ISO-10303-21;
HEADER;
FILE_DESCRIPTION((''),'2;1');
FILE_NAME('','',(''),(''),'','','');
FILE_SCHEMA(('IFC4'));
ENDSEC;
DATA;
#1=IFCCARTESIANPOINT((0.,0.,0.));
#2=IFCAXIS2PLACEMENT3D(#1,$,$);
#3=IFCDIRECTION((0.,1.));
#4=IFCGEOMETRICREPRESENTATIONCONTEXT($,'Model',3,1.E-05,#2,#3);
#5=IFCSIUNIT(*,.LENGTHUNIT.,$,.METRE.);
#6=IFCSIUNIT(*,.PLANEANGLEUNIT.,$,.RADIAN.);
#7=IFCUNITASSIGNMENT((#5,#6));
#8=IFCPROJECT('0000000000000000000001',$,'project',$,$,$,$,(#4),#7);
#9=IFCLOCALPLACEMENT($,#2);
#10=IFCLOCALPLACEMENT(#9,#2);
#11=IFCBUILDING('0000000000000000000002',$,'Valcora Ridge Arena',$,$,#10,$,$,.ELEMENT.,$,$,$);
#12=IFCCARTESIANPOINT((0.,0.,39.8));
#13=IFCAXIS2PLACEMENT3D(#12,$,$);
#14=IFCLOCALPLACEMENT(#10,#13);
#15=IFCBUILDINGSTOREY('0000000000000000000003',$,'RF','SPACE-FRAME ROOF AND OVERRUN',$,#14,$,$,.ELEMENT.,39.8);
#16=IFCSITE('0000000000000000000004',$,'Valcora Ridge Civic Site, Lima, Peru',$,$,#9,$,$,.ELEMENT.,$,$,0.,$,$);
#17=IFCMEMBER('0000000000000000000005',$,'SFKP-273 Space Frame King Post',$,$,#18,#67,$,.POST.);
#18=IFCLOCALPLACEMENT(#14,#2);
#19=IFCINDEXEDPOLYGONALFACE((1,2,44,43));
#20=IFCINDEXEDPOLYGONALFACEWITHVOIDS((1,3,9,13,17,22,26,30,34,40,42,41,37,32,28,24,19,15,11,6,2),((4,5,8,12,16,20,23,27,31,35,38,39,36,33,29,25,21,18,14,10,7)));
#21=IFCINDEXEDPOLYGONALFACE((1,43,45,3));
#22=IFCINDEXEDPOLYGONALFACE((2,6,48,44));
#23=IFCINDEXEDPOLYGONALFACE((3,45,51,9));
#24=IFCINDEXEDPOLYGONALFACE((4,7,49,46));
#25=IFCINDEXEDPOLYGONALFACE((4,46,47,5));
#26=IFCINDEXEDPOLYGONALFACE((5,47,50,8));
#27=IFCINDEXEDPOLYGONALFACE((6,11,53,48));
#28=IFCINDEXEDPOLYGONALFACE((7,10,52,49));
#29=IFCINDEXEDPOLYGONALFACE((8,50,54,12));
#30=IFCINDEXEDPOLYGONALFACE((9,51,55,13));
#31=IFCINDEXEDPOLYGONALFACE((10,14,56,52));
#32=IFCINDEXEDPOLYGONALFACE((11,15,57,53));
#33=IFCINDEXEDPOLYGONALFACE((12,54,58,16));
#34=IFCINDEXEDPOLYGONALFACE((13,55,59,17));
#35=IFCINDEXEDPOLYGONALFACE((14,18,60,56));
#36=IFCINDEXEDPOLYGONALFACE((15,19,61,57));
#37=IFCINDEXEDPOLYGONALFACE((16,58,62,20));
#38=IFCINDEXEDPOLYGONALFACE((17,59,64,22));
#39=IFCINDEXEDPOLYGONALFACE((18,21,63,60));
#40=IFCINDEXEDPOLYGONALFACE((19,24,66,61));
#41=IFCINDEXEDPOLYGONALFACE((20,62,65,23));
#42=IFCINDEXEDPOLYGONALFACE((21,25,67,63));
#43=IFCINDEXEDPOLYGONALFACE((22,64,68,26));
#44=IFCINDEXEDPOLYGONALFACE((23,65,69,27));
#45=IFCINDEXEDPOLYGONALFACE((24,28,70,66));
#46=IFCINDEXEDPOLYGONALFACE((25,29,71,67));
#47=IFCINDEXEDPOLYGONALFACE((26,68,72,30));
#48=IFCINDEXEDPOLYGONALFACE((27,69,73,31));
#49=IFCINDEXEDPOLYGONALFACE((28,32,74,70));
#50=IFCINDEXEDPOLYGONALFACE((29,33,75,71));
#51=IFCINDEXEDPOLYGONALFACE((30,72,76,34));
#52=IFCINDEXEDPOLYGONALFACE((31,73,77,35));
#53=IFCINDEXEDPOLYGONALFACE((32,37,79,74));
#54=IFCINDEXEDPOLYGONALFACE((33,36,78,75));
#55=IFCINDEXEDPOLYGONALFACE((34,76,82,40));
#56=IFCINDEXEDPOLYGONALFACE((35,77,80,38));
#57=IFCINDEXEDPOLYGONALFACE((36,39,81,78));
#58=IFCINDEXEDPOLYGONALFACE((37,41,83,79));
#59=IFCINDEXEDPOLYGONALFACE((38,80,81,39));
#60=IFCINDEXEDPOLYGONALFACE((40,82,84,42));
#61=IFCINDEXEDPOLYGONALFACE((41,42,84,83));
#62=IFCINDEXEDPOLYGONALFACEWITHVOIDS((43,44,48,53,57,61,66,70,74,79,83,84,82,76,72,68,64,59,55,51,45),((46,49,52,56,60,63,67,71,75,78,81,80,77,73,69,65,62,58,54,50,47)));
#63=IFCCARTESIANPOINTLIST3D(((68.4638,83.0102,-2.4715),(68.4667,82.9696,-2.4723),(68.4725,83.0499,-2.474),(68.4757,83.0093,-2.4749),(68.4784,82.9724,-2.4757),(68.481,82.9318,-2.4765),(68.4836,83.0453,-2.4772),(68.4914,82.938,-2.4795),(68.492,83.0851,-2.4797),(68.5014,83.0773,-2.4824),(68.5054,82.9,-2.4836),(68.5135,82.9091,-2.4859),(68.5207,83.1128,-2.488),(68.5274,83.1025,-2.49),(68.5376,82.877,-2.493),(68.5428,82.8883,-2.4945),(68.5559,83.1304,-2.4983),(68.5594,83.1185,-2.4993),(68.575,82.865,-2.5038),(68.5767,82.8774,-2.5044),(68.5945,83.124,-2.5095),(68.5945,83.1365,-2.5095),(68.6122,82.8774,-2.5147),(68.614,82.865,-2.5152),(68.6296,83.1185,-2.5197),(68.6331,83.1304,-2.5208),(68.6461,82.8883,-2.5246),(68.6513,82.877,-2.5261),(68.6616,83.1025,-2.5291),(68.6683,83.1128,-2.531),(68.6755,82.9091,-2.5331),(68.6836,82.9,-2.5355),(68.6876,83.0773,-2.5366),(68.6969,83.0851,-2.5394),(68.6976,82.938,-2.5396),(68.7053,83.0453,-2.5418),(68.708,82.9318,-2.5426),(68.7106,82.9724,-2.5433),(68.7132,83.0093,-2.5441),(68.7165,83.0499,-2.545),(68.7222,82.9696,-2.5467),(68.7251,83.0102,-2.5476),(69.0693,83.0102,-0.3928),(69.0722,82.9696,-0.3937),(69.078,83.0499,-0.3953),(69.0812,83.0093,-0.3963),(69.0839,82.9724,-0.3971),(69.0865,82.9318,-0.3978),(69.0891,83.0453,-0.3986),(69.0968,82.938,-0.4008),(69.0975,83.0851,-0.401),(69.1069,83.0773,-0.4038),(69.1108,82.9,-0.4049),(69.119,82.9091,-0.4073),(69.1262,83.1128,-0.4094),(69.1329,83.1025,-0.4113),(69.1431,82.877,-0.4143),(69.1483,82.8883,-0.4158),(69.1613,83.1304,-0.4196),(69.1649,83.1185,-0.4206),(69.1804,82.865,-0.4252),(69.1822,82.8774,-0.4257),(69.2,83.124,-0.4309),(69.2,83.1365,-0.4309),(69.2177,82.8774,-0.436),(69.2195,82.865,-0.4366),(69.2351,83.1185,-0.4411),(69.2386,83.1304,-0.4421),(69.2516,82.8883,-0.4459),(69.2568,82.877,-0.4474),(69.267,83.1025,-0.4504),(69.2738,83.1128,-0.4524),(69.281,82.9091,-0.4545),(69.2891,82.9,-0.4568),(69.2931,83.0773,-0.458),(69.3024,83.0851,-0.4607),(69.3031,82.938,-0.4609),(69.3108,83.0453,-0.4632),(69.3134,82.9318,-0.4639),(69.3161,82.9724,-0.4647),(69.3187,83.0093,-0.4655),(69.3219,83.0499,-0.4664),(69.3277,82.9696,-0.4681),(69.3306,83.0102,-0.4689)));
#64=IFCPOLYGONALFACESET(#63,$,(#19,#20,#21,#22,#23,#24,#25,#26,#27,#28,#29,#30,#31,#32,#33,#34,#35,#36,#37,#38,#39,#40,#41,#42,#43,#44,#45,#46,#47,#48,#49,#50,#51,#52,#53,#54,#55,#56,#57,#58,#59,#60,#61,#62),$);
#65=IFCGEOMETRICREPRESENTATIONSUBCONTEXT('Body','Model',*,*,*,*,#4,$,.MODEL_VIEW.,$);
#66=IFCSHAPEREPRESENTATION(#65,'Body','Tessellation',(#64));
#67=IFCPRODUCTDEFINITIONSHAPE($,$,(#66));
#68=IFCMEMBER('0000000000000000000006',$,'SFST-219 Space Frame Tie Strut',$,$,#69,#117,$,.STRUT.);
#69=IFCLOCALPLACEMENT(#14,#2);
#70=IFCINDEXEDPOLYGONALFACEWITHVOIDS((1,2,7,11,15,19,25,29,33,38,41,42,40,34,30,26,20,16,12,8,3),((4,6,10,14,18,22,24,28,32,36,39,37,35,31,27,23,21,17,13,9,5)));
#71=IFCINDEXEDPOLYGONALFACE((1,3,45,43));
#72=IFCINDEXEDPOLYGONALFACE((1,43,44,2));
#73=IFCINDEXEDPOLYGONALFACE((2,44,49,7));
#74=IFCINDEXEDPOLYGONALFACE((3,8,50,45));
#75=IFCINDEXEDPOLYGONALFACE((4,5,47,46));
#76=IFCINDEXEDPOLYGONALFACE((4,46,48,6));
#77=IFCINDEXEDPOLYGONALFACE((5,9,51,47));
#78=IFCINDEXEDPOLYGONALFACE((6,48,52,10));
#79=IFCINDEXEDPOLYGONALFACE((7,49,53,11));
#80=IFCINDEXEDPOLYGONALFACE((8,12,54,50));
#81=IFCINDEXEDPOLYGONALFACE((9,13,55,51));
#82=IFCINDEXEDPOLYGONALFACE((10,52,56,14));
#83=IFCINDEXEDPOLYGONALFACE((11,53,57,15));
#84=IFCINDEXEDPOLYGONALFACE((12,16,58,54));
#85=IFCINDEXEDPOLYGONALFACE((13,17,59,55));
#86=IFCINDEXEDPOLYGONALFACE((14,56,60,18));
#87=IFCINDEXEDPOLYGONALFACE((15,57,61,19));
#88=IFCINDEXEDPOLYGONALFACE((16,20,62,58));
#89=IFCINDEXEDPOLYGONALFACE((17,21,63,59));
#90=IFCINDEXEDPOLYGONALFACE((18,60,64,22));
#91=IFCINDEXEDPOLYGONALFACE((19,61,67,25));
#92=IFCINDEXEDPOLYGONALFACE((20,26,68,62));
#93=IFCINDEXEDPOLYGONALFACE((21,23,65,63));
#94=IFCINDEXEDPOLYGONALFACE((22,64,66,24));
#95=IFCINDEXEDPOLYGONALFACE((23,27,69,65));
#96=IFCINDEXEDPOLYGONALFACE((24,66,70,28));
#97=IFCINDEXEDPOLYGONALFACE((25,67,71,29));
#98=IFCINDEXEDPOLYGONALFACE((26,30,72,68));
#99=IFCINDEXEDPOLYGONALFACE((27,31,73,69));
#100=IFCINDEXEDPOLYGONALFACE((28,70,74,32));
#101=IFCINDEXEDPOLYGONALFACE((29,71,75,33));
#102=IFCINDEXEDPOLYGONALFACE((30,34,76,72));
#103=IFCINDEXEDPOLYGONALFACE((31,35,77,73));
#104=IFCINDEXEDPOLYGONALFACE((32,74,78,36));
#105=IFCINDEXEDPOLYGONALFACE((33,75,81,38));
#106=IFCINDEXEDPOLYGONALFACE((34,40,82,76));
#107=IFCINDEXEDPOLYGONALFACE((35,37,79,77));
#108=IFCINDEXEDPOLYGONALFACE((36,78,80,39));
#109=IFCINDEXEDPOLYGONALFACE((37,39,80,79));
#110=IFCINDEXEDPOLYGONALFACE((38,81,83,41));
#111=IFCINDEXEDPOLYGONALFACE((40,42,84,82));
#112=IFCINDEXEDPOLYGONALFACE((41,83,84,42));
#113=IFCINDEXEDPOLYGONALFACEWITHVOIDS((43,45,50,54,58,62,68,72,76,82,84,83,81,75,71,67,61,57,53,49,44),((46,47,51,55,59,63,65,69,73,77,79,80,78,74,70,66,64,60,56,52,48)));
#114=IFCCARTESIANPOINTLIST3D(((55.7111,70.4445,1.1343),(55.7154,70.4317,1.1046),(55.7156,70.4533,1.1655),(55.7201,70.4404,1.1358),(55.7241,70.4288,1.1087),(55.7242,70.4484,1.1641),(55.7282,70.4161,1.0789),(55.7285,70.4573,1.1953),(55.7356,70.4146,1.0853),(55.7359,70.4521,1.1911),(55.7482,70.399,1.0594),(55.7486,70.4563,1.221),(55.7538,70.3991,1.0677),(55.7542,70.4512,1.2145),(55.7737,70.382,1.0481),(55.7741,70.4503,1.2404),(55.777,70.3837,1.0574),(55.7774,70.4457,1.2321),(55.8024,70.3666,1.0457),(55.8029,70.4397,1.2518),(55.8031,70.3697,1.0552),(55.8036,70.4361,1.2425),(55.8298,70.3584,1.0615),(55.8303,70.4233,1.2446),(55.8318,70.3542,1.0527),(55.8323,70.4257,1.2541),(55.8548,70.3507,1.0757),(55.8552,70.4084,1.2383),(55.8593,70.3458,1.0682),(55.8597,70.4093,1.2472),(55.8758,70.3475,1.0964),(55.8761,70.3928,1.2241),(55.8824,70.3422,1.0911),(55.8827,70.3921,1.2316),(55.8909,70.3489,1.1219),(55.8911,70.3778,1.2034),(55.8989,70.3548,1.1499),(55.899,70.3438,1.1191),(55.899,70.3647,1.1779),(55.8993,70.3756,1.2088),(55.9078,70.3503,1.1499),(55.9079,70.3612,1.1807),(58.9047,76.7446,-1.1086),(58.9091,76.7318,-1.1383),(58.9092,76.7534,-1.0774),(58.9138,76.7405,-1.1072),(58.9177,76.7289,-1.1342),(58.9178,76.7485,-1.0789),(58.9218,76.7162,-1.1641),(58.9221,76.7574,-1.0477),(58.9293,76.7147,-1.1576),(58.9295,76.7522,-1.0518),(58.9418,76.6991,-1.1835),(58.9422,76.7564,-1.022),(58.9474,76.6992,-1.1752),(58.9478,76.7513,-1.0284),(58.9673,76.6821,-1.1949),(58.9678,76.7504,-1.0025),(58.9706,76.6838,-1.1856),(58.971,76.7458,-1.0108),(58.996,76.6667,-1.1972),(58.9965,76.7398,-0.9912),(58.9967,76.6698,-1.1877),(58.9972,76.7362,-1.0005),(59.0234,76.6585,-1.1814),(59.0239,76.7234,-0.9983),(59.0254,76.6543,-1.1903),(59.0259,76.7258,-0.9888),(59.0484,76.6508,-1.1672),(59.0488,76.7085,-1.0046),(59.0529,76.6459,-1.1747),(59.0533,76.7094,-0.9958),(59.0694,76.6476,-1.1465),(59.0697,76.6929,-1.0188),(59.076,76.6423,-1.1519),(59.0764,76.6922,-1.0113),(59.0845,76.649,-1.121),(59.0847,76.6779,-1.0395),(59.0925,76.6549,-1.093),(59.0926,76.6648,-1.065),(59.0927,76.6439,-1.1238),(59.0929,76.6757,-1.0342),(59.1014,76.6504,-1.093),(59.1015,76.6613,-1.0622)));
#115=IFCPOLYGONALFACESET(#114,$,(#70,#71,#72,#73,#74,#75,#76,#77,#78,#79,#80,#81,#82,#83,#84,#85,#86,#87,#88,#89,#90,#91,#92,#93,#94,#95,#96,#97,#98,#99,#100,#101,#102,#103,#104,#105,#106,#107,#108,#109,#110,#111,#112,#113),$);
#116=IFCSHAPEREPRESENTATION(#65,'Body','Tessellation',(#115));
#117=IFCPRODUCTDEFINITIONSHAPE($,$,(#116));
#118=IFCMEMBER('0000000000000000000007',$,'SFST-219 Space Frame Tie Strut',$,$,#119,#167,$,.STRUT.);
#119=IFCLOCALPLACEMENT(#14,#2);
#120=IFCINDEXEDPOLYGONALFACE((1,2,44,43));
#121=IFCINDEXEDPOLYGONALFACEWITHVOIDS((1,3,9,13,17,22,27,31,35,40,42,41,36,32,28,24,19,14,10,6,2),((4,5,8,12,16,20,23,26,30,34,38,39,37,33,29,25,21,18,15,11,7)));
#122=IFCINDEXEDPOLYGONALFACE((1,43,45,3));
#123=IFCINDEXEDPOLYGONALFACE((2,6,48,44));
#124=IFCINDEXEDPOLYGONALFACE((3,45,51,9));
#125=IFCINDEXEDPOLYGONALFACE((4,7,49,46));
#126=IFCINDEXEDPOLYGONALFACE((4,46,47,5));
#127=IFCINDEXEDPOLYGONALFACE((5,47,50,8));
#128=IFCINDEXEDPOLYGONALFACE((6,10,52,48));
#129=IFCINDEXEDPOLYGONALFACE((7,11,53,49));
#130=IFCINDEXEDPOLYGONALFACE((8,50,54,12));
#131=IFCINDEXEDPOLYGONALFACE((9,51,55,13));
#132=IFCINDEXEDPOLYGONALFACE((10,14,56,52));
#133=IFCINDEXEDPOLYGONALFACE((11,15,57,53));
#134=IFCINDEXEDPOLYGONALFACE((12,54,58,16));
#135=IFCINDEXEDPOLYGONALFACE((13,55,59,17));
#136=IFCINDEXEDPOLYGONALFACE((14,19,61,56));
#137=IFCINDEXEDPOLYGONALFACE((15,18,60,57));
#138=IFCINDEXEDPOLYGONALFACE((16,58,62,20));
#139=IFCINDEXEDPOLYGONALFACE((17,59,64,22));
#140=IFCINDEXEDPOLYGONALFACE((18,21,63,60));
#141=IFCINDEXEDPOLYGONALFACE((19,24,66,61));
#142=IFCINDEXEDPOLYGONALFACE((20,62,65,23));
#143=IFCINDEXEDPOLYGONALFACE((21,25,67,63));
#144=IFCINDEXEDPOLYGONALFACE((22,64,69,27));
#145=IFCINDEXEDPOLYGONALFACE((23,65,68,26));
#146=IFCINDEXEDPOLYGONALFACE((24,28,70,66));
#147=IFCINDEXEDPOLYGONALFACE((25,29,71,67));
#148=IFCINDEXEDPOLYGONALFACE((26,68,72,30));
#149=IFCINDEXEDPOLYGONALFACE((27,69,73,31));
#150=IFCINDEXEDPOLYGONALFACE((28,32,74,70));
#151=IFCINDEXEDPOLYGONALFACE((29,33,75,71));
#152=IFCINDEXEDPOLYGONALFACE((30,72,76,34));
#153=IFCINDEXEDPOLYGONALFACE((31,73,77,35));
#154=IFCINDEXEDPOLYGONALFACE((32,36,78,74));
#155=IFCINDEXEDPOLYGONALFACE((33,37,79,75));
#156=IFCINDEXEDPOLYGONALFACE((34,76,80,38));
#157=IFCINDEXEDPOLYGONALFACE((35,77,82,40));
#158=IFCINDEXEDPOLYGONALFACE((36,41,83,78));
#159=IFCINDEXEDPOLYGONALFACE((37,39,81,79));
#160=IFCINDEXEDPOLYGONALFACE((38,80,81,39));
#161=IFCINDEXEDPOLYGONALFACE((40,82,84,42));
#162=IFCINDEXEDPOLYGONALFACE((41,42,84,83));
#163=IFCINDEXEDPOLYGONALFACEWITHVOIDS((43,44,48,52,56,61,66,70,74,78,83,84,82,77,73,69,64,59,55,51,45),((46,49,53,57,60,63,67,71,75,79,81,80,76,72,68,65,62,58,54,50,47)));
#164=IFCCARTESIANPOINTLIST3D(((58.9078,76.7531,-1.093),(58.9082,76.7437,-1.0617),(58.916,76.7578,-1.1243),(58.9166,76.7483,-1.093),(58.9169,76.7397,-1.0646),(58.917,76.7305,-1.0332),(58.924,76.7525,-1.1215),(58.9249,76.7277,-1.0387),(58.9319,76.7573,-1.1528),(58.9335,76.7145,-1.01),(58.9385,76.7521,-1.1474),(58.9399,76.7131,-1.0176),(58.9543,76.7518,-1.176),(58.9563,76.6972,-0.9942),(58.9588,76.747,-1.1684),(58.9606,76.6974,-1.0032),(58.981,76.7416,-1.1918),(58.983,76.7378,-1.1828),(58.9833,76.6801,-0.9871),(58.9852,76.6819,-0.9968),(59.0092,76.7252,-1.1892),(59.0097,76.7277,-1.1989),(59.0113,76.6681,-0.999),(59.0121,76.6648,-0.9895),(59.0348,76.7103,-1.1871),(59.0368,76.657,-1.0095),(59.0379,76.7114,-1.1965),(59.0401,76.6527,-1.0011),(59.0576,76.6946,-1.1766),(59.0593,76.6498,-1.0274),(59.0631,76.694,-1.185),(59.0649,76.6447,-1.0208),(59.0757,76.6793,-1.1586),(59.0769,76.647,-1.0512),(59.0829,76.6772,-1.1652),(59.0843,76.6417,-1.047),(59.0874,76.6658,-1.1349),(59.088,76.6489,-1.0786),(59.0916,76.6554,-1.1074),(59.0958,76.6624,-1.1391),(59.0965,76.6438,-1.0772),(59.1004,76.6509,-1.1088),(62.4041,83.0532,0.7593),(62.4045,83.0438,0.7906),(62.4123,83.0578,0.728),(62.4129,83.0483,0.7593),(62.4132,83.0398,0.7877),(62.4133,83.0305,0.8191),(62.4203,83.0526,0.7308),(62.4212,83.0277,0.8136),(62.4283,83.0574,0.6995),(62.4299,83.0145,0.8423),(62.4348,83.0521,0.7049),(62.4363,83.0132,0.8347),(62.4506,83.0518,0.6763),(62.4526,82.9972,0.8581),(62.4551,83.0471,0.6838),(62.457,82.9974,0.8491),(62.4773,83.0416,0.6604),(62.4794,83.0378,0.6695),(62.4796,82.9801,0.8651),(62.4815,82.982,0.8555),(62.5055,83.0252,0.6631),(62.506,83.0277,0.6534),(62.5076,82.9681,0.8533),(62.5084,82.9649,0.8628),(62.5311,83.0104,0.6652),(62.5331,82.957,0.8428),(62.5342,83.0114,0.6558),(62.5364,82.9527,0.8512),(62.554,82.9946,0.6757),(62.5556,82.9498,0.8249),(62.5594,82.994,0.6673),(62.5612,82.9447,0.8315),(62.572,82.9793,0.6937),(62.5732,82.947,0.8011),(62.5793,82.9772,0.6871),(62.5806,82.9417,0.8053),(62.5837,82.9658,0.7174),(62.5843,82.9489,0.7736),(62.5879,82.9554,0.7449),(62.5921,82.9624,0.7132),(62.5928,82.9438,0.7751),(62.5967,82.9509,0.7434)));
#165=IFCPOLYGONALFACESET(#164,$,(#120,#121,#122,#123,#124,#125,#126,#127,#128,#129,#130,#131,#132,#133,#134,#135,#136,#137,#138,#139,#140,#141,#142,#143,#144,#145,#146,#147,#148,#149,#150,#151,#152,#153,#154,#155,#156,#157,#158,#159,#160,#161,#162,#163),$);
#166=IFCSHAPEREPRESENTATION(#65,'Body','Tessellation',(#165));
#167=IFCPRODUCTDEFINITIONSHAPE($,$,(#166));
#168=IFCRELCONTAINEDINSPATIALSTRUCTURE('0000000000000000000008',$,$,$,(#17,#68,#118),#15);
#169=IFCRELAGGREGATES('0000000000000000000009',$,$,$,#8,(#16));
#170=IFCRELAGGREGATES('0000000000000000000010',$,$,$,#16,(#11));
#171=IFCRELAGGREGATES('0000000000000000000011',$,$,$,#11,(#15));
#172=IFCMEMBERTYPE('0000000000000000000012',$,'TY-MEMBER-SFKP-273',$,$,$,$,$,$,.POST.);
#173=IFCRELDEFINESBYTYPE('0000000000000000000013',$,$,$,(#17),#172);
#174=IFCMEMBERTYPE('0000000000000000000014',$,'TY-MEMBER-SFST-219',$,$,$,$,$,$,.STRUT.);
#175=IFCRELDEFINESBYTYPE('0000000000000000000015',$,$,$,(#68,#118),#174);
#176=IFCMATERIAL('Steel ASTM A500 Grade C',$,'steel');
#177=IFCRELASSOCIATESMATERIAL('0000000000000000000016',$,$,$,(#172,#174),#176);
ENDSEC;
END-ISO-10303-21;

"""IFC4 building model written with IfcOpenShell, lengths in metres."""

from ifc_helpers import new_model, si_unit, direction, frame, origin, origin_2d, place, context, subcontext, project, spatial, hollow_circle, extrude, material, material_profile, profile_set, type_object, element, save


model = new_model("IFC4")

# Units and contexts
model_context = context("Model", 3, precision=1e-05, world=origin(), true_north=direction((0.0, 1.0)))
body_context = subcontext(model_context, "Body", "Model", "MODEL_VIEW")
ifc_project = project(units=[si_unit("LENGTHUNIT", "METRE"), si_unit("PLANEANGLEUNIT", "RADIAN")], contexts=[model_context])

# Site, building, storey
site_placement = place(None, origin())
site = spatial("IfcSite", under=ifc_project, at=site_placement, Name="Valcora Ridge Civic Site, Lima, Peru", CompositionType="ELEMENT", RefElevation=0.0)
building_placement = place(site_placement, origin())
building = spatial("IfcBuilding", under=site, at=building_placement, Name="Valcora Ridge Arena", CompositionType="ELEMENT")
storey_placement = place(building_placement, frame((0.0, 0.0, 39.8)))
storey = spatial("IfcBuildingStorey", under=building, at=storey_placement, Name="RF", Description="SPACE-FRAME ROOF AND OVERRUN", CompositionType="ELEMENT", Elevation=39.8)

# Members
ifc_material_1 = material(Name="Steel ASTM A500 Grade C", Category="steel")
ifc_material_profile_1 = material_profile(ifc_material_1, hollow_circle(Radius=0.1365, WallThickness=0.0125, at=origin_2d()), Name="CHS273X12")
ifc_profile_set_1 = profile_set([ifc_material_profile_1], Name="Steel ASTM A500 Grade C")
member_type_1 = type_object("IfcMemberType", Name="TY-MEMBER-SFKP-273", PredefinedType="POST", material=ifc_profile_set_1)
member_1_placement = place(storey_placement, frame((68.5945, 83.0, -2.5095), z_axis=(0.279662, 0.0, 0.960098), x_axis=(0.0, 1.0, 0.0)))
element("IfcMember", 1, at=member_1_placement, inside=storey, type_object=member_type_1, Name="SFKP-273 Space Frame King Post", PredefinedType="POST", context=body_context, shape_type="SweptSolid", body=[
    extrude(hollow_circle(Radius=0.1365, WallThickness=0.0125, at=origin_2d()), origin(), (0.0, 0.0, 1.0), 2.165),
])
ifc_material_profile_2 = material_profile(ifc_material_1, hollow_circle(Radius=0.1096, WallThickness=0.01, at=origin_2d()), Name="CHS219X10")
ifc_profile_set_2 = profile_set([ifc_material_profile_2], Name="Steel ASTM A500 Grade C")
member_type_2 = type_object("IfcMemberType", Name="TY-MEMBER-SFST-219", PredefinedType="STRUT", material=ifc_profile_set_2)
member_2_placement = place(storey_placement, frame((59.0037, 76.7, -1.093), z_axis=(-0.430937, -0.850114, 0.302654), x_axis=(0.891946, -0.452143, 0.0)))
element("IfcMember", 2, at=member_2_placement, inside=storey, type_object=member_type_2, Name="SFST-219 Space Frame Tie Strut", PredefinedType="STRUT", context=body_context, shape_type="SweptSolid", body=[
    extrude(hollow_circle(Radius=0.1096, WallThickness=0.01, at=origin_2d()), origin(), (0.0, 0.0, 1.0), 7.4109),
])
member_3_placement = place(storey_placement, frame((59.0037, 76.7, -1.093), z_axis=(0.46997, 0.846839, 0.248981), x_axis=(-0.874375, 0.485252, 0.0)))
element("IfcMember", 3, at=member_3_placement, inside=storey, type_object=member_type_2, Name="SFST-219 Space Frame Tie Strut", PredefinedType="STRUT", context=body_context, shape_type="SweptSolid", body=[
    extrude(hollow_circle(Radius=0.1096, WallThickness=0.01, at=origin_2d()), origin(), (0.0, 0.0, 1.0), 7.4395),
])

save(model, "model.ifc")
